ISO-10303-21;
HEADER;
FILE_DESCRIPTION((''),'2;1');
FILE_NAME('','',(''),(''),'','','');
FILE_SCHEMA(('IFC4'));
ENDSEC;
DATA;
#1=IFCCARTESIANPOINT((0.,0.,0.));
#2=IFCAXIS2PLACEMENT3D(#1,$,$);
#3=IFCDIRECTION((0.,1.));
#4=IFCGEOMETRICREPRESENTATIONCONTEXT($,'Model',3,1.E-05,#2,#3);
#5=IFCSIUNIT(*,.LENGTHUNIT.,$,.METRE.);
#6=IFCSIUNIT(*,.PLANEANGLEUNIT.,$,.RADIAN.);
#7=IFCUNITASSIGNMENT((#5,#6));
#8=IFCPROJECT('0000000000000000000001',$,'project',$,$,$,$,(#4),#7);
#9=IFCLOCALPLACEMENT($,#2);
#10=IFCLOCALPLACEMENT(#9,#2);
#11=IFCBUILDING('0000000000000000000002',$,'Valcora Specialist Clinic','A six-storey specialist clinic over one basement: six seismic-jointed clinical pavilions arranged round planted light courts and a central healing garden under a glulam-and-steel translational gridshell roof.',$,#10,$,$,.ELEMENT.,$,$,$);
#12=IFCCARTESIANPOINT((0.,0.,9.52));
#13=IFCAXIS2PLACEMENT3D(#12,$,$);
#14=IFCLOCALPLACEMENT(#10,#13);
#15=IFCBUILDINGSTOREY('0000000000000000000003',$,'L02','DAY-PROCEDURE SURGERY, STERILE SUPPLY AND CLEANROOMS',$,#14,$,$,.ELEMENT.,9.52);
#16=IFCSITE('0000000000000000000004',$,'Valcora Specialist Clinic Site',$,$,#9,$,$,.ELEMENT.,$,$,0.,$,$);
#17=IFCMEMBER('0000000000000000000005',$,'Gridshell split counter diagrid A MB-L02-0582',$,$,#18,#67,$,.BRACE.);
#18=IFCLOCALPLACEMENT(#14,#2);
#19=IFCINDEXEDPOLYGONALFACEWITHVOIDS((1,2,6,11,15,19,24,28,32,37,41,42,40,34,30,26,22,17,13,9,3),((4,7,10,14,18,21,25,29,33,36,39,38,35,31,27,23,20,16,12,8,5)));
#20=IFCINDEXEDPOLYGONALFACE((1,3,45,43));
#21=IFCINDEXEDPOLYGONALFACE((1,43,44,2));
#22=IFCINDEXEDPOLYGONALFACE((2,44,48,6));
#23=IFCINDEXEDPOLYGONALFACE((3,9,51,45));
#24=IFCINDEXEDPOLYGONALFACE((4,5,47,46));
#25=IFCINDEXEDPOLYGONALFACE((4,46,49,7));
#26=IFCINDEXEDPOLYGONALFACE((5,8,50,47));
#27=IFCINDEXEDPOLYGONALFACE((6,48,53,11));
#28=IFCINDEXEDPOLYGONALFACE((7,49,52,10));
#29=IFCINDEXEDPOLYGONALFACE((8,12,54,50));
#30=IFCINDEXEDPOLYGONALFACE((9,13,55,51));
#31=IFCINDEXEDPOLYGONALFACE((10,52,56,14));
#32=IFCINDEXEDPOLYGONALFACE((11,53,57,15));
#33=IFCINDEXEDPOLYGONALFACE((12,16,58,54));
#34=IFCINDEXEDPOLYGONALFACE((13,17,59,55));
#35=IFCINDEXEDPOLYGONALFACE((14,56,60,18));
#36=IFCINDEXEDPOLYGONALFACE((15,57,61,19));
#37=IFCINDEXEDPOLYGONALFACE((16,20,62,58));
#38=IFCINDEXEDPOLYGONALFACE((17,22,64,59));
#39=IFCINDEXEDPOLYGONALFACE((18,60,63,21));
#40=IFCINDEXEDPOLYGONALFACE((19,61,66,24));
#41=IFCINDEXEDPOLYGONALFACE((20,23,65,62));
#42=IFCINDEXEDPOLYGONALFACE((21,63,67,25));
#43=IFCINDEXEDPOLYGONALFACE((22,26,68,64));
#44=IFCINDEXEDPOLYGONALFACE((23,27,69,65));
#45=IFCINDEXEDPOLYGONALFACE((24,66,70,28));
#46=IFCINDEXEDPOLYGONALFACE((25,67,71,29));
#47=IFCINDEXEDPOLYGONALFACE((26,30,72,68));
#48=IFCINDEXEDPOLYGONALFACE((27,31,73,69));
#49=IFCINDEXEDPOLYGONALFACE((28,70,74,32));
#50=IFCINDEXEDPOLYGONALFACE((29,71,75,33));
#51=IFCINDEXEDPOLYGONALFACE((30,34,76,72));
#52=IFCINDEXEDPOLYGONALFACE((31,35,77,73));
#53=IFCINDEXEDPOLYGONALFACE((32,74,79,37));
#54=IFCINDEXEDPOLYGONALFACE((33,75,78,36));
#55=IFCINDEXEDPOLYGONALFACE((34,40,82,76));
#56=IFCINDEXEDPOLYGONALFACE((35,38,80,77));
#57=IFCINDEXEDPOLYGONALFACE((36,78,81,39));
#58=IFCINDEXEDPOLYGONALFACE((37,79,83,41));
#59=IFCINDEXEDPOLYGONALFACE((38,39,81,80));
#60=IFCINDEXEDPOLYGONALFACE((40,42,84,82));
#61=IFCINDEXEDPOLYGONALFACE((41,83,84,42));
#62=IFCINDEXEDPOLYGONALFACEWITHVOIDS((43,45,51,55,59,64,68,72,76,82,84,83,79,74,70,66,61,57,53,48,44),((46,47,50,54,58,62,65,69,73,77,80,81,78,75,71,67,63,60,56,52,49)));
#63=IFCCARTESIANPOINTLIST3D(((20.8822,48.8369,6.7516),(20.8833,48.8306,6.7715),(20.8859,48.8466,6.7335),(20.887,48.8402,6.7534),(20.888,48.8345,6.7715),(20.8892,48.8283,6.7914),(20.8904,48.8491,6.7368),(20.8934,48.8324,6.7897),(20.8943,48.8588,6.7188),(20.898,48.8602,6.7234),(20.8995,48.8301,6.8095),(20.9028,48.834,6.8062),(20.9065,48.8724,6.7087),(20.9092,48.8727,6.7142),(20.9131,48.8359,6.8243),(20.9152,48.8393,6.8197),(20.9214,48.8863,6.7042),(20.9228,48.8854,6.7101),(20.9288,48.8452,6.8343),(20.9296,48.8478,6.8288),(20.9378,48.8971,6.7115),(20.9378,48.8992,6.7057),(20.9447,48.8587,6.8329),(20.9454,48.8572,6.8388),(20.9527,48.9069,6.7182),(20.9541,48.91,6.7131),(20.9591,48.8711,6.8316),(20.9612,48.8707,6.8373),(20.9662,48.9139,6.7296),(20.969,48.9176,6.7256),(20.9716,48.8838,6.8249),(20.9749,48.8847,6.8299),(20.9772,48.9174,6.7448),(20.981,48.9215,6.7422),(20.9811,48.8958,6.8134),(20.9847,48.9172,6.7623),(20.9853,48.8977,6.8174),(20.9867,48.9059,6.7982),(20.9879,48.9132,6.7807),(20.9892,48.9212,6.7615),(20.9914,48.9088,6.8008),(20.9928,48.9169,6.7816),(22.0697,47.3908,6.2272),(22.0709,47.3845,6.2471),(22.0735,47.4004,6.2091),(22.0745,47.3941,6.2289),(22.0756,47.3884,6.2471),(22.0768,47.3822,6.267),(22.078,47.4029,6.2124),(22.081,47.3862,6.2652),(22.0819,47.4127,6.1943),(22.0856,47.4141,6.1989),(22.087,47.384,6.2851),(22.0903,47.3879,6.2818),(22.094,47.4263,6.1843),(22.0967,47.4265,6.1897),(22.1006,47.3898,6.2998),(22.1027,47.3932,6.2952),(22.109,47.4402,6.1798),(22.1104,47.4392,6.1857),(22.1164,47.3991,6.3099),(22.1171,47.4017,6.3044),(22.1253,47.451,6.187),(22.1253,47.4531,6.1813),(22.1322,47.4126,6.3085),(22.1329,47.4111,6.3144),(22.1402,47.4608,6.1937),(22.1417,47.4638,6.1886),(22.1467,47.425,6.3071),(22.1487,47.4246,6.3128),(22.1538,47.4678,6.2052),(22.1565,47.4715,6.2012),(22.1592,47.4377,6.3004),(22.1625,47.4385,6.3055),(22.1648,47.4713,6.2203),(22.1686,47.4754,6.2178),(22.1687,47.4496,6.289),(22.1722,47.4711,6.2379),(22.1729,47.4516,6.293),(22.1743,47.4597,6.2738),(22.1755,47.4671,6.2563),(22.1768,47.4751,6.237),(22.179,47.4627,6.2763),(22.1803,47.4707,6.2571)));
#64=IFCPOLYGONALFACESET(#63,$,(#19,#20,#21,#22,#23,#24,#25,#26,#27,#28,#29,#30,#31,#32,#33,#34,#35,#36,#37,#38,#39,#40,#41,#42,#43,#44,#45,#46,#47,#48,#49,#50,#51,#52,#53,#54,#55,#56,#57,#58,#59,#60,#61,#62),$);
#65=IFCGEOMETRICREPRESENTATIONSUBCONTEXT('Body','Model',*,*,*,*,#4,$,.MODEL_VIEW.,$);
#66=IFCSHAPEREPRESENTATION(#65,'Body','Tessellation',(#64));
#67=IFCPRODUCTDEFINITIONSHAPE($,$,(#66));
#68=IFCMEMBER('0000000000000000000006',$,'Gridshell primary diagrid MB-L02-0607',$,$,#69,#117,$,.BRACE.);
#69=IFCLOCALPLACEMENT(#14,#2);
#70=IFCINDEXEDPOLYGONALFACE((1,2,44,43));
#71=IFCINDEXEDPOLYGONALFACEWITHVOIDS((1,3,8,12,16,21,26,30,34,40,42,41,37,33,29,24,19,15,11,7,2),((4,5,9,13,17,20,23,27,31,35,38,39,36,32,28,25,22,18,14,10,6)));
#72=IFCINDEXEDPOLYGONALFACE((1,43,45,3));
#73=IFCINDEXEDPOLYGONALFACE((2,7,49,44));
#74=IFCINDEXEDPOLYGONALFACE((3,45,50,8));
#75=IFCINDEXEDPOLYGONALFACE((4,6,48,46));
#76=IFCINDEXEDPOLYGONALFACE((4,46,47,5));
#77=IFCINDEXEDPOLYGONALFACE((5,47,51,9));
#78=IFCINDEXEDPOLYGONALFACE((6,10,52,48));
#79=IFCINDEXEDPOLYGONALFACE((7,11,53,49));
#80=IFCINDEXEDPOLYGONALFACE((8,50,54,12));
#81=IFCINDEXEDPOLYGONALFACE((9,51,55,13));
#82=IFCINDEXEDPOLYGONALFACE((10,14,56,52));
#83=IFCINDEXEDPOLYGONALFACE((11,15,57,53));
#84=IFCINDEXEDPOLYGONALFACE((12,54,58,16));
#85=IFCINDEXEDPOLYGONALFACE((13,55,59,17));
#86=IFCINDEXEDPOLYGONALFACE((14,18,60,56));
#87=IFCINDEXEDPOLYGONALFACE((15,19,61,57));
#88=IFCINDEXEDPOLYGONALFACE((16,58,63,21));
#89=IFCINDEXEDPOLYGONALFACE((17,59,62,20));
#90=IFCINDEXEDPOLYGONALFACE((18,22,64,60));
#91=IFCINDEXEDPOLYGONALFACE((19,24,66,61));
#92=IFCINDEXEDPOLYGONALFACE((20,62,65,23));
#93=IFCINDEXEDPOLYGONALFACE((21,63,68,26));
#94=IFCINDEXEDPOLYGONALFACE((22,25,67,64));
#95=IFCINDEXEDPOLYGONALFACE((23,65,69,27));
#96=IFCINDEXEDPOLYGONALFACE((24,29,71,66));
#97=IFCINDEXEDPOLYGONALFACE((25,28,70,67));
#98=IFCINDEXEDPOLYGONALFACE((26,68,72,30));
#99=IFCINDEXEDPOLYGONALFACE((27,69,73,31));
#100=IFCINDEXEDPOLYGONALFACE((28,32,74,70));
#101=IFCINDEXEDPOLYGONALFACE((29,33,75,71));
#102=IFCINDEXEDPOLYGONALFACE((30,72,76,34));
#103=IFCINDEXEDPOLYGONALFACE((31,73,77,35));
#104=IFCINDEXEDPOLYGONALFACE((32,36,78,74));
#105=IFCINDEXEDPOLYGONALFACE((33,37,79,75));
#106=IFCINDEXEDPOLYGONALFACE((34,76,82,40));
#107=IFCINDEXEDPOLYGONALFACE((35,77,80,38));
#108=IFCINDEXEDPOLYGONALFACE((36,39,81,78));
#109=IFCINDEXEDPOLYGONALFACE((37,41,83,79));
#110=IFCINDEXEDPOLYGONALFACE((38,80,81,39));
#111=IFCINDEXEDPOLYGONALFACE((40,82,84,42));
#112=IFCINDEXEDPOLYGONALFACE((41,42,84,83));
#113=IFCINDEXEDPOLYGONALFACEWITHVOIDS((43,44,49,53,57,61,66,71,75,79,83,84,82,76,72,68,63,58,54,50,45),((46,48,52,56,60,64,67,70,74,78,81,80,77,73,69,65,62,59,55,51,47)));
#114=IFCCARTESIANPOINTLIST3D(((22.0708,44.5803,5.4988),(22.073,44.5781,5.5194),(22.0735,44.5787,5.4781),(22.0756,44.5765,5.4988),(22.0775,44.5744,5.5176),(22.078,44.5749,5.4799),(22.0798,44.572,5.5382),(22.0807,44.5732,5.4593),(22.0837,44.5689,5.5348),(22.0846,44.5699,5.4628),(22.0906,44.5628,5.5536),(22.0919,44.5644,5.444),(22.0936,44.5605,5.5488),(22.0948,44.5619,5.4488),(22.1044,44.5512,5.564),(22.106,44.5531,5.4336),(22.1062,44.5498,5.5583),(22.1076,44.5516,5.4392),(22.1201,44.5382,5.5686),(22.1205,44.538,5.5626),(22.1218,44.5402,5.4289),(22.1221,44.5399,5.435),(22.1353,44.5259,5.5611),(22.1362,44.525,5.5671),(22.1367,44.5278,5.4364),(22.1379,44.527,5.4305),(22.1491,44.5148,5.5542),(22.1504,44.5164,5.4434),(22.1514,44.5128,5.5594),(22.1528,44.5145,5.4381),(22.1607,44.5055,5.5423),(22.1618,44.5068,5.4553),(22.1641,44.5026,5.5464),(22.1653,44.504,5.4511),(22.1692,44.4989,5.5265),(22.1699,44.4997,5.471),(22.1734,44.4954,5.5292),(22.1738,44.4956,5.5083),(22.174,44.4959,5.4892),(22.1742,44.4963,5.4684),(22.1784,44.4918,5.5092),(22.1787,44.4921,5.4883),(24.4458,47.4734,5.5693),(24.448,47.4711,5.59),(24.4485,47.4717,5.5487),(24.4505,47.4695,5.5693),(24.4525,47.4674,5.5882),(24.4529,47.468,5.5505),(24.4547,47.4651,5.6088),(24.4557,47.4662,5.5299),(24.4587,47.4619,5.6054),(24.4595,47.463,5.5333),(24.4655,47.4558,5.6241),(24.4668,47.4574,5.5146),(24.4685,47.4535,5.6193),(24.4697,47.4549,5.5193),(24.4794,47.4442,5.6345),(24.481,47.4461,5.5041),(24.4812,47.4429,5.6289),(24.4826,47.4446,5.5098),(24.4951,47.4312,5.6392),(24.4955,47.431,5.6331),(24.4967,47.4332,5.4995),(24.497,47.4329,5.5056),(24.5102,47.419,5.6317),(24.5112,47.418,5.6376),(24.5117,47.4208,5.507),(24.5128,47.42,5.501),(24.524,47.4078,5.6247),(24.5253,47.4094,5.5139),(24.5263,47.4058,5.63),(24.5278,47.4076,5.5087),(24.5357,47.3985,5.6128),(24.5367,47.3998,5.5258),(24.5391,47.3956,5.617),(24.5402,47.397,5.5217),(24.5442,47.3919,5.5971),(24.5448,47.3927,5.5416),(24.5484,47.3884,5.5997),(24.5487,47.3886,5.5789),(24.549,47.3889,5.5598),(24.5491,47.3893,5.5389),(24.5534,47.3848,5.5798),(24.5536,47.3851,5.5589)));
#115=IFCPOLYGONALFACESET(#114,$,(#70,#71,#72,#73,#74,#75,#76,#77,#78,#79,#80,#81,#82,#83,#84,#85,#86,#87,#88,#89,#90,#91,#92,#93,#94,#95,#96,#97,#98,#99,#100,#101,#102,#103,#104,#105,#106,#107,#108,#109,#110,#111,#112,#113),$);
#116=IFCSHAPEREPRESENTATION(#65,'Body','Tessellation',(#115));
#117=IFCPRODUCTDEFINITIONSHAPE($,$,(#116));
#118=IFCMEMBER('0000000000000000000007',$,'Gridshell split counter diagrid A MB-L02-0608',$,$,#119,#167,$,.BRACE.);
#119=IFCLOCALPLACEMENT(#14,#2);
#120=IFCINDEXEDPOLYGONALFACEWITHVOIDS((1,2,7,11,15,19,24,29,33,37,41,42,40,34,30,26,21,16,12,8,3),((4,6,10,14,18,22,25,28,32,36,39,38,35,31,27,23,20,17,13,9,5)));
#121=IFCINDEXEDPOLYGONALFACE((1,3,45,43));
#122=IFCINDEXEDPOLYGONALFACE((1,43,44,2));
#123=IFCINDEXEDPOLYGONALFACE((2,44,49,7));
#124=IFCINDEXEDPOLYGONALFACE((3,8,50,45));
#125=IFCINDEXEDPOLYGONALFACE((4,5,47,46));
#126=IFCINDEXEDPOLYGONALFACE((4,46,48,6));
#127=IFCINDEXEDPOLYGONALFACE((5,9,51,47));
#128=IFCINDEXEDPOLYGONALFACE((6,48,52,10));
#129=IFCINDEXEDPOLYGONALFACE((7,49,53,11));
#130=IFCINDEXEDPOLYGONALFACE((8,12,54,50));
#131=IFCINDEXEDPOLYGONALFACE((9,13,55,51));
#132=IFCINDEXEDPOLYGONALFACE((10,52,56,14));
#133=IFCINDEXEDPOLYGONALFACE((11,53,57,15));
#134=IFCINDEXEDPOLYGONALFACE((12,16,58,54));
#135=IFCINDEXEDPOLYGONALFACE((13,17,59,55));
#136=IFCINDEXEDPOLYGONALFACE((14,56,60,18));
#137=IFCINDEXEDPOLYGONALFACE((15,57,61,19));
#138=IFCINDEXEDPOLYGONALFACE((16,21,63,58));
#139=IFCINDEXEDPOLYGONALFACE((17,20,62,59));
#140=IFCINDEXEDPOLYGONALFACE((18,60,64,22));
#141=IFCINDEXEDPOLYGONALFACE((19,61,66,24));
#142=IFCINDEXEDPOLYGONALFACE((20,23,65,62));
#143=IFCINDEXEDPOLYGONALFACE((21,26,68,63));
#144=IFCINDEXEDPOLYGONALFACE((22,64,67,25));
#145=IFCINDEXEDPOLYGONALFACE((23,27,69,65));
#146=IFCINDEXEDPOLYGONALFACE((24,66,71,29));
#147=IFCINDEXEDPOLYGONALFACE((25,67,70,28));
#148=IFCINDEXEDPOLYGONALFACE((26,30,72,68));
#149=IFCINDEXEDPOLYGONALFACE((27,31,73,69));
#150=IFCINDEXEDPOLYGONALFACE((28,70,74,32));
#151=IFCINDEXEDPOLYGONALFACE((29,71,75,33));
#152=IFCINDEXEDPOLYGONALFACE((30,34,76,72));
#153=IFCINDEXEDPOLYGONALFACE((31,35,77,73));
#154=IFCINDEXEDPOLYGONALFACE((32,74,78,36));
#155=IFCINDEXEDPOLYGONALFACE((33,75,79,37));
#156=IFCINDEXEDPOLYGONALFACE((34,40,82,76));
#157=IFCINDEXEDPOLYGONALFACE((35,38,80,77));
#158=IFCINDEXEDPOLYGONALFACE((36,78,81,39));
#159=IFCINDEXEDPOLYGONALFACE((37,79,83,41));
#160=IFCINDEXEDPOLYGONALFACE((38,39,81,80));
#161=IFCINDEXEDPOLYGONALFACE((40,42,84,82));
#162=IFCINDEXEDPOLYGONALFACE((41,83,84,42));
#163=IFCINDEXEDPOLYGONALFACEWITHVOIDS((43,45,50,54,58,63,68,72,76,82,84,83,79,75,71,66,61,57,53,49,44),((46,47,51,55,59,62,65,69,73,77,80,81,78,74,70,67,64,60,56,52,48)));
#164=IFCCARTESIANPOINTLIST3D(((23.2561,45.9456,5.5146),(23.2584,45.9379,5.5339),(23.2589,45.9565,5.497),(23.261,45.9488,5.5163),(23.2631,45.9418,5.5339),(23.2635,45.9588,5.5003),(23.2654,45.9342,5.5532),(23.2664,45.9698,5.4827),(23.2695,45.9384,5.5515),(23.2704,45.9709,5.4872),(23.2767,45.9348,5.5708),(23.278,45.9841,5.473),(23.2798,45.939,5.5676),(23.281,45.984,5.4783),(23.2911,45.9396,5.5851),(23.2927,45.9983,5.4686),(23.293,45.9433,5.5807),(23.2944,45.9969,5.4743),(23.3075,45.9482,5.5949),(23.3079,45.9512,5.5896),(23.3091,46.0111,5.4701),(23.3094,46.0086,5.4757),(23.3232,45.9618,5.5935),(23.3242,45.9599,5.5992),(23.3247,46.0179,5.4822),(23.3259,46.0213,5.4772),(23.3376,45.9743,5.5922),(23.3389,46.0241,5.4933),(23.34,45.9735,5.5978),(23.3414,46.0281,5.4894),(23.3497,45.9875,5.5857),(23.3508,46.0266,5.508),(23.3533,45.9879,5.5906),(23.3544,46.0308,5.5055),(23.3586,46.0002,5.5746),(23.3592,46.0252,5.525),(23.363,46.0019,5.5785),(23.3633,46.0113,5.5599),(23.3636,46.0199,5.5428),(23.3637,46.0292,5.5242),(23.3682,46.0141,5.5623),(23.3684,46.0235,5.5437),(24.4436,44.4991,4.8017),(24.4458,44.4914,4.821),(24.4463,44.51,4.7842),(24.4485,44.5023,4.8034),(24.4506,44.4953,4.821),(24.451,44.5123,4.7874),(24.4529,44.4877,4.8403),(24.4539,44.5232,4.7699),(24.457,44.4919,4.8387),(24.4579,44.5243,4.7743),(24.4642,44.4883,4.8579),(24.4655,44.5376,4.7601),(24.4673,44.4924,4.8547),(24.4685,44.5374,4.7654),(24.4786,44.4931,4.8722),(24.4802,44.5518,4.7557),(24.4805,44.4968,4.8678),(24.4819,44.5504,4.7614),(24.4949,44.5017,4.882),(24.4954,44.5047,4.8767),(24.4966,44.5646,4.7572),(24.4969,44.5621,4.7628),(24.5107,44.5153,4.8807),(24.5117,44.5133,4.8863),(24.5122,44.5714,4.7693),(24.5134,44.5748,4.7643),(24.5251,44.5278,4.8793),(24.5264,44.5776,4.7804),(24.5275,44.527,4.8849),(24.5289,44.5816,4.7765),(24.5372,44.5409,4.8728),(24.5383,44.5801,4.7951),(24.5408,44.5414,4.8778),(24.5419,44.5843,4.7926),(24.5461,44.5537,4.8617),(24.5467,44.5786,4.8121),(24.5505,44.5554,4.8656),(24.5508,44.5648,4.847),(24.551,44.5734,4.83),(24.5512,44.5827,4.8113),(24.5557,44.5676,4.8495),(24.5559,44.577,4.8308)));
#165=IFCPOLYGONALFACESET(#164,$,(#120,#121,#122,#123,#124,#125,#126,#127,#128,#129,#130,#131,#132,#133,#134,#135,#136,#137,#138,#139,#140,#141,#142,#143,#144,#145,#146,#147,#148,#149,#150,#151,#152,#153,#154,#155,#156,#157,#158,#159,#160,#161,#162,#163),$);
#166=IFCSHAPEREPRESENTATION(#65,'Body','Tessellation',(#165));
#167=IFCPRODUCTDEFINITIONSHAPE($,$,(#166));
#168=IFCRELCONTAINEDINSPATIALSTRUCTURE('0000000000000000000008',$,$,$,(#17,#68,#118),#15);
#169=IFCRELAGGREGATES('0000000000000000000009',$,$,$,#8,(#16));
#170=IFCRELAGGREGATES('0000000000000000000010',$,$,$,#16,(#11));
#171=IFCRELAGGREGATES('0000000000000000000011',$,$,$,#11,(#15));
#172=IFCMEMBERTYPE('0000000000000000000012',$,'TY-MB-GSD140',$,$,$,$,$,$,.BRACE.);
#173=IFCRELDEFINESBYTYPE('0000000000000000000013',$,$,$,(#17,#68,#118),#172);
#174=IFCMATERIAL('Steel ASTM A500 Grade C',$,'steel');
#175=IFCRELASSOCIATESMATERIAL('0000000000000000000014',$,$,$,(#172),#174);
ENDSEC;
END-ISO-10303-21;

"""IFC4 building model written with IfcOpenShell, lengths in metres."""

from ifc_helpers import new_model, si_unit, direction, frame, origin, origin_2d, place, context, subcontext, project, spatial, hollow_circle, extrude, material, material_profile, profile_set, type_object, element, save


model = new_model("IFC4")

# Units and contexts
model_context = context("Model", 3, precision=1e-05, world=origin(), true_north=direction((0.0, 1.0)))
body_context = subcontext(model_context, "Body", "Model", "MODEL_VIEW")
ifc_project = project(units=[si_unit("LENGTHUNIT", "METRE"), si_unit("PLANEANGLEUNIT", "RADIAN")], contexts=[model_context])

# Site, building, storey
site_placement = place(None, origin())
site = spatial("IfcSite", under=ifc_project, at=site_placement, Name="Valcora Specialist Clinic Site", CompositionType="ELEMENT", RefElevation=0.0)
building_placement = place(site_placement, origin())
building = spatial("IfcBuilding", under=site, at=building_placement, Name="Valcora Specialist Clinic", Description="A six-storey specialist clinic over one basement: six seismic-jointed clinical pavilions arranged round planted light courts and a central healing garden under a glulam-and-steel translational gridshell roof.", CompositionType="ELEMENT")
storey_placement = place(building_placement, frame((0.0, 0.0, 9.52)))
storey = spatial("IfcBuildingStorey", under=building, at=storey_placement, Name="L02", Description="DAY-PROCEDURE SURGERY, STERILE SUPPLY AND CLEANROOMS", CompositionType="ELEMENT", Elevation=9.52)

# Members
ifc_material_1 = material(Name="Steel ASTM A500 Grade C", Category="steel")
ifc_material_profile_1 = material_profile(ifc_material_1, hollow_circle(Radius=0.0701, WallThickness=0.0061, at=origin_2d()), Name="ST-CHS-140X6")
ifc_profile_set_1 = profile_set([ifc_material_profile_1], Name="Steel ASTM A500 Grade C")
member_type_1 = type_object("IfcMemberType", Name="TY-MB-GSD140", PredefinedType="BRACE", material=ifc_profile_set_1)
member_1_placement = place(storey_placement, frame((22.125, 47.429, 6.2471), z_axis=(-0.61109, 0.744138, 0.269865), x_axis=(-0.772811, -0.634636, 0.0)))
element("IfcMember", 1, at=member_1_placement, inside=storey, type_object=member_type_1, Name="Gridshell split counter diagrid A MB-L02-0582", PredefinedType="BRACE", context=body_context, shape_type="SweptSolid", body=[
    extrude(hollow_circle(Radius=0.0701, WallThickness=0.0061, at=origin_2d()), origin(), (0.0, 0.0, 1.0), 1.9434),
])
member_2_placement = place(storey_placement, frame((22.125, 44.5359, 5.4988), z_axis=(0.634396, 0.772779, 0.018847), x_axis=(-0.772916, 0.634508, 0.0)))
element("IfcMember", 2, at=member_2_placement, inside=storey, type_object=member_type_1, Name="Gridshell primary diagrid MB-L02-0607", PredefinedType="BRACE", context=body_context, shape_type="SweptSolid", body=[
    extrude(hollow_circle(Radius=0.0701, WallThickness=0.0061, at=origin_2d()), origin(), (0.0, 0.0, 1.0), 3.7437),
])
member_3_placement = place(storey_placement, frame((24.5, 44.5359, 4.821), z_axis=(-0.592948, 0.72229, 0.355964), x_axis=(-0.772916, -0.634508, 0.0)))
element("IfcMember", 3, at=member_3_placement, inside=storey, type_object=member_type_1, Name="Gridshell split counter diagrid A MB-L02-0608", PredefinedType="BRACE", context=body_context, shape_type="SweptSolid", body=[
    extrude(hollow_circle(Radius=0.0701, WallThickness=0.0061, at=origin_2d()), origin(), (0.0, 0.0, 1.0), 2.0027),
])

save(model, "model.ifc")
